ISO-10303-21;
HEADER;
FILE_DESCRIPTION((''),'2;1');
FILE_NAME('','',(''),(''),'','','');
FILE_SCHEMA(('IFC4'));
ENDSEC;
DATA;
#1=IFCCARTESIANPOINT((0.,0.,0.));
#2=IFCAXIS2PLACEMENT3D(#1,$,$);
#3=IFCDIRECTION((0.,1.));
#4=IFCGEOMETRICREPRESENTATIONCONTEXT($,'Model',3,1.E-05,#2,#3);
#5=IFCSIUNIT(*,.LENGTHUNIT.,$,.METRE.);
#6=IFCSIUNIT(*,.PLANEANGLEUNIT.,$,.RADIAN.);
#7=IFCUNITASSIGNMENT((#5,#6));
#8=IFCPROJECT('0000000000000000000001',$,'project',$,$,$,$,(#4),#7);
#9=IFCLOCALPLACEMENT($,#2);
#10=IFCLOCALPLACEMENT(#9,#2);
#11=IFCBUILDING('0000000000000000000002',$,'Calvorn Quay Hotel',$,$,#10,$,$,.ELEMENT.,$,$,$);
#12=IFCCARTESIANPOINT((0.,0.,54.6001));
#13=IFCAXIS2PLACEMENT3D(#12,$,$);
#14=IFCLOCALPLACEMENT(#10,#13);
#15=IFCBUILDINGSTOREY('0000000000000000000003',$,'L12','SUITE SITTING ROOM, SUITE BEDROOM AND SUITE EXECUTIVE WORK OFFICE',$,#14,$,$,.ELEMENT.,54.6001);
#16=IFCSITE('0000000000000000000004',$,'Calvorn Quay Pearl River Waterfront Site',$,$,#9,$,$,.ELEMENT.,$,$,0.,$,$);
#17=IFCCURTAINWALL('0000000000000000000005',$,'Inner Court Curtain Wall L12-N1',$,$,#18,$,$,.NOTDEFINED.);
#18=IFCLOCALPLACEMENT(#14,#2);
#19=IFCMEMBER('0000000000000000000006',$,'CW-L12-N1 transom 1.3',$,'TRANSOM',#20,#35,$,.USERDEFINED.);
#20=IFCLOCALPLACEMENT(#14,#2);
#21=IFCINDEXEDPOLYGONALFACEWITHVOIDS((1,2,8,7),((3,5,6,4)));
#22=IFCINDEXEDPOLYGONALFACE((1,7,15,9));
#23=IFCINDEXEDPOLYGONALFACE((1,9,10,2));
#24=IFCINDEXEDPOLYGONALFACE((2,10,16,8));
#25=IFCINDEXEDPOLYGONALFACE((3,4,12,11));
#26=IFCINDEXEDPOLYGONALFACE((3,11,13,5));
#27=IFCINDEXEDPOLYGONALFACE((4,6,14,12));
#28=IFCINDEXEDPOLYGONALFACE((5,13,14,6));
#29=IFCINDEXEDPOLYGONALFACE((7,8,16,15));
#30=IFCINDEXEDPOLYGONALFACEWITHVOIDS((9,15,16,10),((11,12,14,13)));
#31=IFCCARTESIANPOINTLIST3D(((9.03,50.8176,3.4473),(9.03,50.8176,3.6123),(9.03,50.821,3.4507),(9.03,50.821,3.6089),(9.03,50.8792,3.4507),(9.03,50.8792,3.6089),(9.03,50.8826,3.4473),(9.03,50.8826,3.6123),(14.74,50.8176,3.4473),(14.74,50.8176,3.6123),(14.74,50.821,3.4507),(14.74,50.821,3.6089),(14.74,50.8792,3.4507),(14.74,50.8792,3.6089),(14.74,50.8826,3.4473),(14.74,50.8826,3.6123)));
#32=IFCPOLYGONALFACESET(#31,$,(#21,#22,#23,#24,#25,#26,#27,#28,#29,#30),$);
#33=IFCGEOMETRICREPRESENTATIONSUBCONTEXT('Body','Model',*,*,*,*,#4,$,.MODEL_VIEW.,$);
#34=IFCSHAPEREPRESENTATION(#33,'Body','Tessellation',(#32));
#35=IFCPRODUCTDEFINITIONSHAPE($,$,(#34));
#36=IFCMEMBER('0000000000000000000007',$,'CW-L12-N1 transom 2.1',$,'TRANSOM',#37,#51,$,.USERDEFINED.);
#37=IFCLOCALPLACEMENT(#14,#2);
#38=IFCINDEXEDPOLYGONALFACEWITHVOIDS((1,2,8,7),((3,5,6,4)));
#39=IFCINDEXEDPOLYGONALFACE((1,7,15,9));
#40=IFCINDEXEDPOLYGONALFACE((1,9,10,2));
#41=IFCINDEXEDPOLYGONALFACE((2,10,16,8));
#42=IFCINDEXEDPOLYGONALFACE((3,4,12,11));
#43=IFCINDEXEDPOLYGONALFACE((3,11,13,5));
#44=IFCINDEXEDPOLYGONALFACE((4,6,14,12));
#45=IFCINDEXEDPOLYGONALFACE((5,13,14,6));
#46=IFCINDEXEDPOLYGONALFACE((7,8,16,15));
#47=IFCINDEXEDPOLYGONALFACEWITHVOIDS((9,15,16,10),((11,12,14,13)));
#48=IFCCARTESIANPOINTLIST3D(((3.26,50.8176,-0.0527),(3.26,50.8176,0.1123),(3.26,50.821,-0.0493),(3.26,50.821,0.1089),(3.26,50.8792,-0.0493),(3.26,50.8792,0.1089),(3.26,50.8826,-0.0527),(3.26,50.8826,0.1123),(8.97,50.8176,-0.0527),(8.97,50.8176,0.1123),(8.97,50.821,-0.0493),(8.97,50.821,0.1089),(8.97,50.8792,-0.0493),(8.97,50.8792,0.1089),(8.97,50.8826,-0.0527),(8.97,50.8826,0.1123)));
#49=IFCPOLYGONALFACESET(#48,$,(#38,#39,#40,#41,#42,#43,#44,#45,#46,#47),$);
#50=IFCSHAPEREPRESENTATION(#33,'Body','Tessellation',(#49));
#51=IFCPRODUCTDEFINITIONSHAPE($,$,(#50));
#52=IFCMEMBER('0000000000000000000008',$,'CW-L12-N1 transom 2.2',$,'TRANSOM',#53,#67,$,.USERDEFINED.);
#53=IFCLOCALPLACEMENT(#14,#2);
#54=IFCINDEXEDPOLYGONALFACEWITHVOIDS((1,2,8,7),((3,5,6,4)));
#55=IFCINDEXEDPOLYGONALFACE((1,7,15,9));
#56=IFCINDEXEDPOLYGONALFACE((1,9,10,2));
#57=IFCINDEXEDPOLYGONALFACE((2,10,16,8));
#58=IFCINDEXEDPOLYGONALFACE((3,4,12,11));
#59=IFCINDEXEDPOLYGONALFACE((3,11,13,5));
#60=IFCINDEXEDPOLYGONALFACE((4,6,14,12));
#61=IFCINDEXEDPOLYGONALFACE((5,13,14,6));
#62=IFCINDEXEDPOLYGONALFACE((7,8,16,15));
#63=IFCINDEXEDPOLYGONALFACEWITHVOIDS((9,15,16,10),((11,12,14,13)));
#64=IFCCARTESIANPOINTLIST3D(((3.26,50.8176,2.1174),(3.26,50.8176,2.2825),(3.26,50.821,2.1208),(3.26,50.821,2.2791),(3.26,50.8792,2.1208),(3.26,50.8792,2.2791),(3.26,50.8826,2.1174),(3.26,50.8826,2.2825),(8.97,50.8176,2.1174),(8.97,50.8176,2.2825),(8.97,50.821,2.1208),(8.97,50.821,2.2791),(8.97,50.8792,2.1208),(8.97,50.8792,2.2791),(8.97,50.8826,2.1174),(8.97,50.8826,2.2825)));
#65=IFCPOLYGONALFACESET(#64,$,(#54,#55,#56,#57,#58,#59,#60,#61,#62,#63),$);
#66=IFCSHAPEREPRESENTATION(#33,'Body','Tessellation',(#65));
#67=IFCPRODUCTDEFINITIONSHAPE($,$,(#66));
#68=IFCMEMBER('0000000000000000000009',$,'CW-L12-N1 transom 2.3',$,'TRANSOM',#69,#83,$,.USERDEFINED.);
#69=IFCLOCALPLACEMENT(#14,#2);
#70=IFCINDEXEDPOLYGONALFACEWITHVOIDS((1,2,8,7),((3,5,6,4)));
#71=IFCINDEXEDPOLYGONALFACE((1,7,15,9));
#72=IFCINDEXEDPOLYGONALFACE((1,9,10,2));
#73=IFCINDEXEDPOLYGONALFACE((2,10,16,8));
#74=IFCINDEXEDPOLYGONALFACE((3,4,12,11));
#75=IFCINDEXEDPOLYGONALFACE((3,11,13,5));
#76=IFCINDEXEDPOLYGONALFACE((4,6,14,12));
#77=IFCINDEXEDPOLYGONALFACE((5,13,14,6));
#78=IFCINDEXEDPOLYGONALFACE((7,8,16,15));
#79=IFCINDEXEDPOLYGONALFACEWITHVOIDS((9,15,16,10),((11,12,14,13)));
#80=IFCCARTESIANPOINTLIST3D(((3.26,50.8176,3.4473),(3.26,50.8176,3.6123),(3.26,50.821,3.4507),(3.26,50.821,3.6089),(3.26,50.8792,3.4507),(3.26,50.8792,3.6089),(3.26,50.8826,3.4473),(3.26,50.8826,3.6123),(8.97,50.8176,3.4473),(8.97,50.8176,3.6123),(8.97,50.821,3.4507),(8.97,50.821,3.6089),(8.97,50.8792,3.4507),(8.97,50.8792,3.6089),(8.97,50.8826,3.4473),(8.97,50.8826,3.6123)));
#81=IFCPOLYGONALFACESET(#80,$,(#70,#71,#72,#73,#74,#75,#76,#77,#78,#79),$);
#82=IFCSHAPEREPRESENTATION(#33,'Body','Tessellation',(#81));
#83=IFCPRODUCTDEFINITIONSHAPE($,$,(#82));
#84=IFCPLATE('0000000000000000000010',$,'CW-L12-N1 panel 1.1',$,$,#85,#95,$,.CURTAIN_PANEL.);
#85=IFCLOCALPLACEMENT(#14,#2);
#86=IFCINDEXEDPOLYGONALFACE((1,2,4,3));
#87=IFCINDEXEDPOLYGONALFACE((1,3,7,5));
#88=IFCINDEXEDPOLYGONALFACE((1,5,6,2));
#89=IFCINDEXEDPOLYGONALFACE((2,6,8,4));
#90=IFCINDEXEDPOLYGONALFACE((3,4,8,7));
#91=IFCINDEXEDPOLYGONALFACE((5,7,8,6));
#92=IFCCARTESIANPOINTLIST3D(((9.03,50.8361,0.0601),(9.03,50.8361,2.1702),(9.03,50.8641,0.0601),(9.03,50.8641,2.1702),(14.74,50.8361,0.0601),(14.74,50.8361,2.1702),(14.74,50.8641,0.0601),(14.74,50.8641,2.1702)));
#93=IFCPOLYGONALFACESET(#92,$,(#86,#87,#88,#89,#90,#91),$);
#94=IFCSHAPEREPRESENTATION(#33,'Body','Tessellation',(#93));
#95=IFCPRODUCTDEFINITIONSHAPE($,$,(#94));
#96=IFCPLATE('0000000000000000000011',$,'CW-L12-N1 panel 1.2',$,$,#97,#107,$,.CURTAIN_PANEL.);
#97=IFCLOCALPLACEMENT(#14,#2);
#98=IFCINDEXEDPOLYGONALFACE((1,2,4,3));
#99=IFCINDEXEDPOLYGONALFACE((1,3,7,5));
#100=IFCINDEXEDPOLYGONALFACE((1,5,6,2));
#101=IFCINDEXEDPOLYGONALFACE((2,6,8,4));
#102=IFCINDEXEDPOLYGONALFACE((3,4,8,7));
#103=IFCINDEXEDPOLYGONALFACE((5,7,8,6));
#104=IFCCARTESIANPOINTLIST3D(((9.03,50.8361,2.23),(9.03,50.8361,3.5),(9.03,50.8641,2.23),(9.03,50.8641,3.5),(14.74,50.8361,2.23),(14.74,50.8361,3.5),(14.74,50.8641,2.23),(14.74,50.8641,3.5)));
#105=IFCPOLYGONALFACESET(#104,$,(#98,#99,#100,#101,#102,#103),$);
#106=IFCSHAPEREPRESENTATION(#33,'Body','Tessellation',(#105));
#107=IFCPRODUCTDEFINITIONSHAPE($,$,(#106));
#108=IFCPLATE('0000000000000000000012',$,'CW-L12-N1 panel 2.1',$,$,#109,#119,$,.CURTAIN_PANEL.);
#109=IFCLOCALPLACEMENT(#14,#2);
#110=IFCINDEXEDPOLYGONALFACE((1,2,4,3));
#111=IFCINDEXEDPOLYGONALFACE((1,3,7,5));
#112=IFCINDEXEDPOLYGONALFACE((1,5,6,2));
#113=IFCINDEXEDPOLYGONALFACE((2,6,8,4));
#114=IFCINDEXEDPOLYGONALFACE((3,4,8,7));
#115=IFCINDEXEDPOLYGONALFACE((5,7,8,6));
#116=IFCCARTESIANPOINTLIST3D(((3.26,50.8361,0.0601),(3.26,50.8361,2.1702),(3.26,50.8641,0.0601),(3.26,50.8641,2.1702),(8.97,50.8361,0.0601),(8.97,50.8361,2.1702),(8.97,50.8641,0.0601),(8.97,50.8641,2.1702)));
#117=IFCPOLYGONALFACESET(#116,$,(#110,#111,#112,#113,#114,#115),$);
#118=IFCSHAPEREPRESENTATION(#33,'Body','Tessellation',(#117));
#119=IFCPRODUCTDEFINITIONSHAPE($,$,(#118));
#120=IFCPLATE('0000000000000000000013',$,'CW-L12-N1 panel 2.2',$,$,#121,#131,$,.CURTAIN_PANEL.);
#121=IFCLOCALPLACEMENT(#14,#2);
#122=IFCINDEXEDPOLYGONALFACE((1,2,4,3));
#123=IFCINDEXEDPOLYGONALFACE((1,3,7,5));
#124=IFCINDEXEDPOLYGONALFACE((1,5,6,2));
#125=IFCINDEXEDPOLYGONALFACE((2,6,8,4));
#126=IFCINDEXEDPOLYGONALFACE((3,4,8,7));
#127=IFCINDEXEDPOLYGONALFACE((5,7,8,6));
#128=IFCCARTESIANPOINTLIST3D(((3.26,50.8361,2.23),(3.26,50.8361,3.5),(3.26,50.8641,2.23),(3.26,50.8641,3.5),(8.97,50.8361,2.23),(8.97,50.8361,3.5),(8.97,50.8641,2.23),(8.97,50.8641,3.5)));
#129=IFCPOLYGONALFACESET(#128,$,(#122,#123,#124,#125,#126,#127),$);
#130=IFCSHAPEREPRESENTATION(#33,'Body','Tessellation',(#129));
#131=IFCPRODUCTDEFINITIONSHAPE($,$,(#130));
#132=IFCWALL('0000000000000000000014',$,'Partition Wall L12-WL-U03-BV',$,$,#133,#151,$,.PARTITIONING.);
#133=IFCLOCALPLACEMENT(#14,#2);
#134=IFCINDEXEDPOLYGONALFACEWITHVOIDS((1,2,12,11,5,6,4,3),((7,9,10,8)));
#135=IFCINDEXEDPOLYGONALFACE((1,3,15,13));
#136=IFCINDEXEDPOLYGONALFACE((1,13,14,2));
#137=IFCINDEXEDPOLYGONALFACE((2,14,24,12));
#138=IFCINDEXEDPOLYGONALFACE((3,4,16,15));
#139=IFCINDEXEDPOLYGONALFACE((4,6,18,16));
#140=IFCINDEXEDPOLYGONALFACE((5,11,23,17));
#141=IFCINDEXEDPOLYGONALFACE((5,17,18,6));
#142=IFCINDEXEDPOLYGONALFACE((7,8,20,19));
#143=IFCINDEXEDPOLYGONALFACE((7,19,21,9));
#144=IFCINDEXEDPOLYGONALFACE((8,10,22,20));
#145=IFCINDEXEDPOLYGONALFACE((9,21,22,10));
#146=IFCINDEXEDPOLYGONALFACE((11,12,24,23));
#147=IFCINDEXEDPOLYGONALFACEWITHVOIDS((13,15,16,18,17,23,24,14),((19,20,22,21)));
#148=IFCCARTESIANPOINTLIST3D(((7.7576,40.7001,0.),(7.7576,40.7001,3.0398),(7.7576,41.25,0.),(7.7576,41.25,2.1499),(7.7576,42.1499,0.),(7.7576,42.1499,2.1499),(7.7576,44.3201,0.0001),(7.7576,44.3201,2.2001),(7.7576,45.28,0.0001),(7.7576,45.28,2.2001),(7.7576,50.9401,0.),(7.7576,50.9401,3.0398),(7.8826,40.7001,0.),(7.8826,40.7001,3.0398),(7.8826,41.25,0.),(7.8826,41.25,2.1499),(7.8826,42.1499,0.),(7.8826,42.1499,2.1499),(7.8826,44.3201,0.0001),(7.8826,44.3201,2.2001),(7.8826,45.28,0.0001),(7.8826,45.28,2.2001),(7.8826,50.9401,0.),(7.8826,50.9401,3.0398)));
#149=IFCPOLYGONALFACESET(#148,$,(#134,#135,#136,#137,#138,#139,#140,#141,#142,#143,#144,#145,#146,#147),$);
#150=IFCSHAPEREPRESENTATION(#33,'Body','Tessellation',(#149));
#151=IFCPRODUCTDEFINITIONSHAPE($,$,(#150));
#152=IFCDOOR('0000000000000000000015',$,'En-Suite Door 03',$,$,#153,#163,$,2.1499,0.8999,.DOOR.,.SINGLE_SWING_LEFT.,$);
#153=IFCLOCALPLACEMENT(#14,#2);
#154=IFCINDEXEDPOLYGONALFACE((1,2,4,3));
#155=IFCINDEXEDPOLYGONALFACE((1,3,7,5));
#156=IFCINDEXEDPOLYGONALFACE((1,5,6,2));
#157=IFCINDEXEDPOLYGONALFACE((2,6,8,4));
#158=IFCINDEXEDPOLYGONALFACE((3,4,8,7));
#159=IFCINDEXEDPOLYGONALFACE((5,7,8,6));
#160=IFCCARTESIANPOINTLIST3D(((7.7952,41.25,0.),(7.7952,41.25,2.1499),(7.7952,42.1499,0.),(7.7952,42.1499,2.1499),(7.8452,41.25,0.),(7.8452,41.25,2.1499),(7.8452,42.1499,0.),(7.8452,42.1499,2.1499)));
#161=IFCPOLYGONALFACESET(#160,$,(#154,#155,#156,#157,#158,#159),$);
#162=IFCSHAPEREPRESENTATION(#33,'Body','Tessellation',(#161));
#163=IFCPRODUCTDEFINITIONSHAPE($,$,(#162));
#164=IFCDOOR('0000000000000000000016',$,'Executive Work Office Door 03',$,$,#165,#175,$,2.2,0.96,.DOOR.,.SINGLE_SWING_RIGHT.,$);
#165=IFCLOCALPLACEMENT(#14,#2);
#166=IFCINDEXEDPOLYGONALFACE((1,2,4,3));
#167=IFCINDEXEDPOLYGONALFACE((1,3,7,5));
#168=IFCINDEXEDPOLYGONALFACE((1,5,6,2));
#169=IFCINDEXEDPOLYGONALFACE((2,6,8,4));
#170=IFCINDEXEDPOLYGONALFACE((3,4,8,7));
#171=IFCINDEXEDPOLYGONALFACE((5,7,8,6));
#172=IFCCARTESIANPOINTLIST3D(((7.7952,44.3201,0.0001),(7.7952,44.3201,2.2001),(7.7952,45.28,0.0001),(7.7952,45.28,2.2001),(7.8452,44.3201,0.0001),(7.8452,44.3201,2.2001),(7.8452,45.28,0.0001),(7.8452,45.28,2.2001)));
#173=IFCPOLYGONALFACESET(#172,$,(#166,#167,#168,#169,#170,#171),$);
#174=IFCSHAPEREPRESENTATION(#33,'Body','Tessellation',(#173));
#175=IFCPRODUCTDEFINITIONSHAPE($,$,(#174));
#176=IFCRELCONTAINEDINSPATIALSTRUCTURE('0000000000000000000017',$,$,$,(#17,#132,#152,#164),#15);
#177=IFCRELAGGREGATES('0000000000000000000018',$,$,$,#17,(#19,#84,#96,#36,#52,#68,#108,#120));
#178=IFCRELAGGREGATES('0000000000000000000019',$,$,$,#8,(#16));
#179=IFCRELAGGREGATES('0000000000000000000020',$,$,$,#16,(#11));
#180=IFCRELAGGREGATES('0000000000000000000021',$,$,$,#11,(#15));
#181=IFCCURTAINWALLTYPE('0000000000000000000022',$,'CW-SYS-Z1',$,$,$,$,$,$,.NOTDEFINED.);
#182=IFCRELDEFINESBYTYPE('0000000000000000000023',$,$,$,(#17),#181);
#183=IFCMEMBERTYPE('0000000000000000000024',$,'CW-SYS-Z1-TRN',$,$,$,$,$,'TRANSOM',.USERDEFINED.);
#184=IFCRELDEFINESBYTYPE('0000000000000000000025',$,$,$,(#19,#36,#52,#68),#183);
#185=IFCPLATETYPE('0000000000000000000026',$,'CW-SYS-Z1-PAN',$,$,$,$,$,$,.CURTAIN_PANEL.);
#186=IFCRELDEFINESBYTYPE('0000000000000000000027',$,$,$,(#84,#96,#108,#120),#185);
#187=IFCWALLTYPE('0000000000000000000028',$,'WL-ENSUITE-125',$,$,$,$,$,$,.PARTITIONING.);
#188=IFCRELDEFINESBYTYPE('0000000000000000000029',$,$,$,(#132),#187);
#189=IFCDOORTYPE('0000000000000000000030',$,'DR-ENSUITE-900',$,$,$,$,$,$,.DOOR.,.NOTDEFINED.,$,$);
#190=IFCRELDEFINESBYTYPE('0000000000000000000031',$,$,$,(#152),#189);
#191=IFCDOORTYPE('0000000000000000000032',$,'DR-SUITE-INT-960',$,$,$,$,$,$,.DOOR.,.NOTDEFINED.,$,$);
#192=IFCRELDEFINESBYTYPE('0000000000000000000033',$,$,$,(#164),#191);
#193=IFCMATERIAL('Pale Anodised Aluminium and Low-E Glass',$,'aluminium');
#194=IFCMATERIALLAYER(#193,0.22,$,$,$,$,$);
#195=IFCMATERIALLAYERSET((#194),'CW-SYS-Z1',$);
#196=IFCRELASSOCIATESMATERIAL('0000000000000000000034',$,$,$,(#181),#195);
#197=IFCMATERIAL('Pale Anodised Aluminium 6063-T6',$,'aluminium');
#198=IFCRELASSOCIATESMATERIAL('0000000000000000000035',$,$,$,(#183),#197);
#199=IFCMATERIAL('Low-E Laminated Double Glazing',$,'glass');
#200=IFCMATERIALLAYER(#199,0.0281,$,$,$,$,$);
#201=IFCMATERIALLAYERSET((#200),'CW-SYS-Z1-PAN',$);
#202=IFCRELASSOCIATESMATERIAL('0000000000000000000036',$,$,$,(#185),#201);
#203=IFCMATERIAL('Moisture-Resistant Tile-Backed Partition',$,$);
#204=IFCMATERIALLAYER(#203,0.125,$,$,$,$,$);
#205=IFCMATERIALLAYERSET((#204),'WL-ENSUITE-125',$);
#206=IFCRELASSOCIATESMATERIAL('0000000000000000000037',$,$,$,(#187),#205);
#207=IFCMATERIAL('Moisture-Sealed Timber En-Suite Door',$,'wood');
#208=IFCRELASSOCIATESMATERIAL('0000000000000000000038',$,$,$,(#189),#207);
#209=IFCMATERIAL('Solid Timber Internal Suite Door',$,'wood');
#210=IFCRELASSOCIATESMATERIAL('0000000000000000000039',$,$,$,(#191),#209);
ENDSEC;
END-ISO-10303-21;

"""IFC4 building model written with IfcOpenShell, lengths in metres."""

from ifc_helpers import new_model, si_unit, direction, frame, frame_2d, origin, origin_2d, place, context, subcontext, project, spatial, rectangle, hollow_rectangle, extrude, material, layer, layer_set, material_profile, profile_set, type_object, element, fill, aggregate, save


model = new_model("IFC4")

# Units and contexts
model_context = context("Model", 3, precision=1e-05, world=origin(), true_north=direction((0.0, 1.0)))
body_context = subcontext(model_context, "Body", "Model", "MODEL_VIEW")
ifc_project = project(units=[si_unit("LENGTHUNIT", "METRE"), si_unit("PLANEANGLEUNIT", "RADIAN")], contexts=[model_context])

# Site, building, storey
site_placement = place(None, origin())
site = spatial("IfcSite", under=ifc_project, at=site_placement, Name="Calvorn Quay Pearl River Waterfront Site", CompositionType="ELEMENT", RefElevation=0.0)
building_placement = place(site_placement, origin())
building = spatial("IfcBuilding", under=site, at=building_placement, Name="Calvorn Quay Hotel", CompositionType="ELEMENT")
storey_placement = place(building_placement, frame((0.0, 0.0, 54.6001)))
storey = spatial("IfcBuildingStorey", under=building, at=storey_placement, Name="L12", Description="SUITE SITTING ROOM, SUITE BEDROOM AND SUITE EXECUTIVE WORK OFFICE", CompositionType="ELEMENT", Elevation=54.6001)

# Curtain wall, members, plates
ifc_material_1 = material(Name="Pale Anodised Aluminium and Low-E Glass", Category="aluminium")
ifc_layer_1 = layer(ifc_material_1, 0.22)
ifc_layer_set_1 = layer_set([ifc_layer_1], Name="CW-SYS-Z1")
curtain_wall_type = type_object("IfcCurtainWallType", Name="CW-SYS-Z1", PredefinedType="NOTDEFINED", material=ifc_layer_set_1)
curtain_wall_placement = place(storey_placement, origin())
curtain_wall = element("IfcCurtainWall", 1, at=curtain_wall_placement, inside=storey, type_object=curtain_wall_type, Name="Inner Court Curtain Wall L12-N1", PredefinedType="NOTDEFINED")
ifc_material_2 = material(Name="Pale Anodised Aluminium 6063-T6", Category="aluminium")
ifc_material_profile_1 = material_profile(ifc_material_2, hollow_rectangle(XDim=0.0649, YDim=0.165, WallThickness=0.0034, at=origin_2d()), Name="ALU-T165x65x3.5")
ifc_profile_set_1 = profile_set([ifc_material_profile_1], Name="Pale Anodised Aluminium 6063-T6")
member_type_1 = type_object("IfcMemberType", Name="CW-SYS-Z1-TRN", ElementType="TRANSOM", PredefinedType="USERDEFINED", material=ifc_profile_set_1)
member_1_placement = place(storey_placement, frame((14.74, 50.8501, 3.5298), z_axis=(-1.0, 0.0, 0.0), x_axis=(0.0, -1.0, 0.0)))
member_1 = element("IfcMember", 2, at=member_1_placement, type_object=member_type_1, Name="CW-L12-N1 transom 1.3", ObjectType="TRANSOM", PredefinedType="USERDEFINED", context=body_context, shape_type="SweptSolid", body=[
    extrude(hollow_rectangle(XDim=0.0649, YDim=0.165, WallThickness=0.0034, at=origin_2d()), origin(), (0.0, 0.0, 1.0), 5.71),
])
member_2_placement = place(storey_placement, frame((8.97, 50.8501, 0.0298), z_axis=(-1.0, 0.0, 0.0), x_axis=(0.0, -1.0, 0.0)))
member_2 = element("IfcMember", 3, at=member_2_placement, type_object=member_type_1, Name="CW-L12-N1 transom 2.1", ObjectType="TRANSOM", PredefinedType="USERDEFINED", context=body_context, shape_type="SweptSolid", body=[
    extrude(hollow_rectangle(XDim=0.0649, YDim=0.165, WallThickness=0.0034, at=origin_2d()), origin(), (0.0, 0.0, 1.0), 5.71),
])
member_3_placement = place(storey_placement, frame((8.97, 50.8501, 2.2), z_axis=(-1.0, 0.0, 0.0), x_axis=(0.0, -1.0, 0.0)))
member_3 = element("IfcMember", 4, at=member_3_placement, type_object=member_type_1, Name="CW-L12-N1 transom 2.2", ObjectType="TRANSOM", PredefinedType="USERDEFINED", context=body_context, shape_type="SweptSolid", body=[
    extrude(hollow_rectangle(XDim=0.0649, YDim=0.165, WallThickness=0.0034, at=origin_2d()), origin(), (0.0, 0.0, 1.0), 5.71),
])
member_4_placement = place(storey_placement, frame((8.97, 50.8501, 3.5298), z_axis=(-1.0, 0.0, 0.0), x_axis=(0.0, -1.0, 0.0)))
member_4 = element("IfcMember", 5, at=member_4_placement, type_object=member_type_1, Name="CW-L12-N1 transom 2.3", ObjectType="TRANSOM", PredefinedType="USERDEFINED", context=body_context, shape_type="SweptSolid", body=[
    extrude(hollow_rectangle(XDim=0.0649, YDim=0.165, WallThickness=0.0034, at=origin_2d()), origin(), (0.0, 0.0, 1.0), 5.71),
])
ifc_material_3 = material(Name="Low-E Laminated Double Glazing", Category="glass")
ifc_layer_2 = layer(ifc_material_3, 0.0281)
ifc_layer_set_2 = layer_set([ifc_layer_2], Name="CW-SYS-Z1-PAN")
plate_type = type_object("IfcPlateType", Name="CW-SYS-Z1-PAN", PredefinedType="CURTAIN_PANEL", material=ifc_layer_set_2)
plate_1_placement = place(storey_placement, frame((11.885, 50.8501, 0.0601), z_axis=(0.0, 0.0, 1.0), x_axis=(-1.0, 0.0, 0.0)))
plate_1 = element("IfcPlate", 6, at=plate_1_placement, type_object=plate_type, Name="CW-L12-N1 panel 1.1", PredefinedType="CURTAIN_PANEL", context=body_context, shape_type="SweptSolid", body=[
    extrude(rectangle(XDim=5.71, YDim=0.0281, at=origin_2d()), origin(), (0.0, 0.0, 1.0), 2.1101),
])
plate_2_placement = place(storey_placement, frame((11.885, 50.8501, 2.23), z_axis=(0.0, 0.0, 1.0), x_axis=(-1.0, 0.0, 0.0)))
plate_2 = element("IfcPlate", 7, at=plate_2_placement, type_object=plate_type, Name="CW-L12-N1 panel 1.2", PredefinedType="CURTAIN_PANEL", context=body_context, shape_type="SweptSolid", body=[
    extrude(rectangle(XDim=5.71, YDim=0.0281, at=origin_2d()), origin(), (0.0, 0.0, 1.0), 1.27),
])
plate_3_placement = place(storey_placement, frame((6.115, 50.8501, 0.0601), z_axis=(0.0, 0.0, 1.0), x_axis=(-1.0, 0.0, 0.0)))
plate_3 = element("IfcPlate", 8, at=plate_3_placement, type_object=plate_type, Name="CW-L12-N1 panel 2.1", PredefinedType="CURTAIN_PANEL", context=body_context, shape_type="SweptSolid", body=[
    extrude(rectangle(XDim=5.71, YDim=0.0281, at=origin_2d()), origin(), (0.0, 0.0, 1.0), 2.1101),
])
plate_4_placement = place(storey_placement, frame((6.115, 50.8501, 2.23), z_axis=(0.0, 0.0, 1.0), x_axis=(-1.0, 0.0, 0.0)))
plate_4 = element("IfcPlate", 9, at=plate_4_placement, type_object=plate_type, Name="CW-L12-N1 panel 2.2", PredefinedType="CURTAIN_PANEL", context=body_context, shape_type="SweptSolid", body=[
    extrude(rectangle(XDim=5.71, YDim=0.0281, at=origin_2d()), origin(), (0.0, 0.0, 1.0), 1.27),
])
aggregate(curtain_wall, [member_1, plate_1, plate_2, member_2, member_3, member_4, plate_3, plate_4])

# Shared definitions
ifc_material_4 = material(Name="Moisture-Resistant Tile-Backed Partition")
ifc_layer_3 = layer(ifc_material_4, 0.125)
ifc_layer_set_3 = layer_set([ifc_layer_3], Name="WL-ENSUITE-125")
wall_type_1 = type_object("IfcWallType", Name="WL-ENSUITE-125", PredefinedType="PARTITIONING", material=ifc_layer_set_3)

# Wall, openings, doors
wall_1_placement = place(storey_placement, frame((7.8201, 40.7, 0.0), z_axis=(0.0, 0.0, 1.0), x_axis=(0.0, 1.0, 0.0)))
wall_1 = element("IfcWall", 10, at=wall_1_placement, inside=storey, type_object=wall_type_1, Name="Partition Wall L12-WL-U03-BV", PredefinedType="PARTITIONING", context=body_context, shape_type="SweptSolid", body=[
    extrude(rectangle(XDim=10.24, YDim=0.125, at=frame_2d((5.1201, 0.0))), origin(), (0.0, 0.0, 1.0), 3.0398),
])
opening_1_placement = place(wall_1_placement, frame((0.55, 0.0, 0.0)))
opening_1 = element("IfcOpeningElement", 11, at=opening_1_placement, cuts=wall_1, PredefinedType="OPENING", context=body_context, shape_type="SweptSolid", body=[
    extrude(rectangle(XDim=0.8999, YDim=2.1499, at=frame_2d((0.45, 1.075))), frame((0.0, 0.0725, 0.0), z_axis=(0.0, -1.0, 0.0), x_axis=(1.0, 0.0, 0.0)), (0.0, 0.0, 1.0), 0.145),
])
opening_2_placement = place(wall_1_placement, frame((3.6201, 0.0, 0.0)))
opening_2 = element("IfcOpeningElement", 12, at=opening_2_placement, cuts=wall_1, PredefinedType="OPENING", context=body_context, shape_type="SweptSolid", body=[
    extrude(rectangle(XDim=0.96, YDim=2.2, at=frame_2d((0.48, 1.1001))), frame((0.0, 0.0725, 0.0), z_axis=(0.0, -1.0, 0.0), x_axis=(1.0, 0.0, 0.0)), (0.0, 0.0, 1.0), 0.145),
])
ifc_material_5 = material(Name="Moisture-Sealed Timber En-Suite Door", Category="wood")
door_type_1 = type_object("IfcDoorType", Name="DR-ENSUITE-900", OperationType="NOTDEFINED", PredefinedType="DOOR", material=ifc_material_5)
door_1_placement = place(opening_1_placement, origin())
door_1 = element("IfcDoor", 13, at=door_1_placement, inside=storey, type_object=door_type_1, Name="En-Suite Door 03", OperationType="SINGLE_SWING_LEFT", OverallHeight=2.1499, OverallWidth=0.8999, PredefinedType="DOOR", context=body_context, shape_type="SweptSolid", body=[
    extrude(rectangle(XDim=0.8999, YDim=2.1499, at=frame_2d((0.45, 1.075))), frame((0.0, 0.0249, 0.0), z_axis=(0.0, -1.0, 0.0), x_axis=(1.0, 0.0, 0.0)), (0.0, 0.0, 1.0), 0.05),
])
fill(opening_1, door_1)
ifc_material_6 = material(Name="Solid Timber Internal Suite Door", Category="wood")
door_type_2 = type_object("IfcDoorType", Name="DR-SUITE-INT-960", OperationType="NOTDEFINED", PredefinedType="DOOR", material=ifc_material_6)
door_2_placement = place(opening_2_placement, origin())
door_2 = element("IfcDoor", 14, at=door_2_placement, inside=storey, type_object=door_type_2, Name="Executive Work Office Door 03", OperationType="SINGLE_SWING_RIGHT", OverallHeight=2.2, OverallWidth=0.96, PredefinedType="DOOR", context=body_context, shape_type="SweptSolid", body=[
    extrude(rectangle(XDim=0.96, YDim=2.2, at=frame_2d((0.48, 1.1001))), frame((0.0, 0.0249, 0.0), z_axis=(0.0, -1.0, 0.0), x_axis=(1.0, 0.0, 0.0)), (0.0, 0.0, 1.0), 0.05),
])
fill(opening_2, door_2)

save(model, "model.ifc")
